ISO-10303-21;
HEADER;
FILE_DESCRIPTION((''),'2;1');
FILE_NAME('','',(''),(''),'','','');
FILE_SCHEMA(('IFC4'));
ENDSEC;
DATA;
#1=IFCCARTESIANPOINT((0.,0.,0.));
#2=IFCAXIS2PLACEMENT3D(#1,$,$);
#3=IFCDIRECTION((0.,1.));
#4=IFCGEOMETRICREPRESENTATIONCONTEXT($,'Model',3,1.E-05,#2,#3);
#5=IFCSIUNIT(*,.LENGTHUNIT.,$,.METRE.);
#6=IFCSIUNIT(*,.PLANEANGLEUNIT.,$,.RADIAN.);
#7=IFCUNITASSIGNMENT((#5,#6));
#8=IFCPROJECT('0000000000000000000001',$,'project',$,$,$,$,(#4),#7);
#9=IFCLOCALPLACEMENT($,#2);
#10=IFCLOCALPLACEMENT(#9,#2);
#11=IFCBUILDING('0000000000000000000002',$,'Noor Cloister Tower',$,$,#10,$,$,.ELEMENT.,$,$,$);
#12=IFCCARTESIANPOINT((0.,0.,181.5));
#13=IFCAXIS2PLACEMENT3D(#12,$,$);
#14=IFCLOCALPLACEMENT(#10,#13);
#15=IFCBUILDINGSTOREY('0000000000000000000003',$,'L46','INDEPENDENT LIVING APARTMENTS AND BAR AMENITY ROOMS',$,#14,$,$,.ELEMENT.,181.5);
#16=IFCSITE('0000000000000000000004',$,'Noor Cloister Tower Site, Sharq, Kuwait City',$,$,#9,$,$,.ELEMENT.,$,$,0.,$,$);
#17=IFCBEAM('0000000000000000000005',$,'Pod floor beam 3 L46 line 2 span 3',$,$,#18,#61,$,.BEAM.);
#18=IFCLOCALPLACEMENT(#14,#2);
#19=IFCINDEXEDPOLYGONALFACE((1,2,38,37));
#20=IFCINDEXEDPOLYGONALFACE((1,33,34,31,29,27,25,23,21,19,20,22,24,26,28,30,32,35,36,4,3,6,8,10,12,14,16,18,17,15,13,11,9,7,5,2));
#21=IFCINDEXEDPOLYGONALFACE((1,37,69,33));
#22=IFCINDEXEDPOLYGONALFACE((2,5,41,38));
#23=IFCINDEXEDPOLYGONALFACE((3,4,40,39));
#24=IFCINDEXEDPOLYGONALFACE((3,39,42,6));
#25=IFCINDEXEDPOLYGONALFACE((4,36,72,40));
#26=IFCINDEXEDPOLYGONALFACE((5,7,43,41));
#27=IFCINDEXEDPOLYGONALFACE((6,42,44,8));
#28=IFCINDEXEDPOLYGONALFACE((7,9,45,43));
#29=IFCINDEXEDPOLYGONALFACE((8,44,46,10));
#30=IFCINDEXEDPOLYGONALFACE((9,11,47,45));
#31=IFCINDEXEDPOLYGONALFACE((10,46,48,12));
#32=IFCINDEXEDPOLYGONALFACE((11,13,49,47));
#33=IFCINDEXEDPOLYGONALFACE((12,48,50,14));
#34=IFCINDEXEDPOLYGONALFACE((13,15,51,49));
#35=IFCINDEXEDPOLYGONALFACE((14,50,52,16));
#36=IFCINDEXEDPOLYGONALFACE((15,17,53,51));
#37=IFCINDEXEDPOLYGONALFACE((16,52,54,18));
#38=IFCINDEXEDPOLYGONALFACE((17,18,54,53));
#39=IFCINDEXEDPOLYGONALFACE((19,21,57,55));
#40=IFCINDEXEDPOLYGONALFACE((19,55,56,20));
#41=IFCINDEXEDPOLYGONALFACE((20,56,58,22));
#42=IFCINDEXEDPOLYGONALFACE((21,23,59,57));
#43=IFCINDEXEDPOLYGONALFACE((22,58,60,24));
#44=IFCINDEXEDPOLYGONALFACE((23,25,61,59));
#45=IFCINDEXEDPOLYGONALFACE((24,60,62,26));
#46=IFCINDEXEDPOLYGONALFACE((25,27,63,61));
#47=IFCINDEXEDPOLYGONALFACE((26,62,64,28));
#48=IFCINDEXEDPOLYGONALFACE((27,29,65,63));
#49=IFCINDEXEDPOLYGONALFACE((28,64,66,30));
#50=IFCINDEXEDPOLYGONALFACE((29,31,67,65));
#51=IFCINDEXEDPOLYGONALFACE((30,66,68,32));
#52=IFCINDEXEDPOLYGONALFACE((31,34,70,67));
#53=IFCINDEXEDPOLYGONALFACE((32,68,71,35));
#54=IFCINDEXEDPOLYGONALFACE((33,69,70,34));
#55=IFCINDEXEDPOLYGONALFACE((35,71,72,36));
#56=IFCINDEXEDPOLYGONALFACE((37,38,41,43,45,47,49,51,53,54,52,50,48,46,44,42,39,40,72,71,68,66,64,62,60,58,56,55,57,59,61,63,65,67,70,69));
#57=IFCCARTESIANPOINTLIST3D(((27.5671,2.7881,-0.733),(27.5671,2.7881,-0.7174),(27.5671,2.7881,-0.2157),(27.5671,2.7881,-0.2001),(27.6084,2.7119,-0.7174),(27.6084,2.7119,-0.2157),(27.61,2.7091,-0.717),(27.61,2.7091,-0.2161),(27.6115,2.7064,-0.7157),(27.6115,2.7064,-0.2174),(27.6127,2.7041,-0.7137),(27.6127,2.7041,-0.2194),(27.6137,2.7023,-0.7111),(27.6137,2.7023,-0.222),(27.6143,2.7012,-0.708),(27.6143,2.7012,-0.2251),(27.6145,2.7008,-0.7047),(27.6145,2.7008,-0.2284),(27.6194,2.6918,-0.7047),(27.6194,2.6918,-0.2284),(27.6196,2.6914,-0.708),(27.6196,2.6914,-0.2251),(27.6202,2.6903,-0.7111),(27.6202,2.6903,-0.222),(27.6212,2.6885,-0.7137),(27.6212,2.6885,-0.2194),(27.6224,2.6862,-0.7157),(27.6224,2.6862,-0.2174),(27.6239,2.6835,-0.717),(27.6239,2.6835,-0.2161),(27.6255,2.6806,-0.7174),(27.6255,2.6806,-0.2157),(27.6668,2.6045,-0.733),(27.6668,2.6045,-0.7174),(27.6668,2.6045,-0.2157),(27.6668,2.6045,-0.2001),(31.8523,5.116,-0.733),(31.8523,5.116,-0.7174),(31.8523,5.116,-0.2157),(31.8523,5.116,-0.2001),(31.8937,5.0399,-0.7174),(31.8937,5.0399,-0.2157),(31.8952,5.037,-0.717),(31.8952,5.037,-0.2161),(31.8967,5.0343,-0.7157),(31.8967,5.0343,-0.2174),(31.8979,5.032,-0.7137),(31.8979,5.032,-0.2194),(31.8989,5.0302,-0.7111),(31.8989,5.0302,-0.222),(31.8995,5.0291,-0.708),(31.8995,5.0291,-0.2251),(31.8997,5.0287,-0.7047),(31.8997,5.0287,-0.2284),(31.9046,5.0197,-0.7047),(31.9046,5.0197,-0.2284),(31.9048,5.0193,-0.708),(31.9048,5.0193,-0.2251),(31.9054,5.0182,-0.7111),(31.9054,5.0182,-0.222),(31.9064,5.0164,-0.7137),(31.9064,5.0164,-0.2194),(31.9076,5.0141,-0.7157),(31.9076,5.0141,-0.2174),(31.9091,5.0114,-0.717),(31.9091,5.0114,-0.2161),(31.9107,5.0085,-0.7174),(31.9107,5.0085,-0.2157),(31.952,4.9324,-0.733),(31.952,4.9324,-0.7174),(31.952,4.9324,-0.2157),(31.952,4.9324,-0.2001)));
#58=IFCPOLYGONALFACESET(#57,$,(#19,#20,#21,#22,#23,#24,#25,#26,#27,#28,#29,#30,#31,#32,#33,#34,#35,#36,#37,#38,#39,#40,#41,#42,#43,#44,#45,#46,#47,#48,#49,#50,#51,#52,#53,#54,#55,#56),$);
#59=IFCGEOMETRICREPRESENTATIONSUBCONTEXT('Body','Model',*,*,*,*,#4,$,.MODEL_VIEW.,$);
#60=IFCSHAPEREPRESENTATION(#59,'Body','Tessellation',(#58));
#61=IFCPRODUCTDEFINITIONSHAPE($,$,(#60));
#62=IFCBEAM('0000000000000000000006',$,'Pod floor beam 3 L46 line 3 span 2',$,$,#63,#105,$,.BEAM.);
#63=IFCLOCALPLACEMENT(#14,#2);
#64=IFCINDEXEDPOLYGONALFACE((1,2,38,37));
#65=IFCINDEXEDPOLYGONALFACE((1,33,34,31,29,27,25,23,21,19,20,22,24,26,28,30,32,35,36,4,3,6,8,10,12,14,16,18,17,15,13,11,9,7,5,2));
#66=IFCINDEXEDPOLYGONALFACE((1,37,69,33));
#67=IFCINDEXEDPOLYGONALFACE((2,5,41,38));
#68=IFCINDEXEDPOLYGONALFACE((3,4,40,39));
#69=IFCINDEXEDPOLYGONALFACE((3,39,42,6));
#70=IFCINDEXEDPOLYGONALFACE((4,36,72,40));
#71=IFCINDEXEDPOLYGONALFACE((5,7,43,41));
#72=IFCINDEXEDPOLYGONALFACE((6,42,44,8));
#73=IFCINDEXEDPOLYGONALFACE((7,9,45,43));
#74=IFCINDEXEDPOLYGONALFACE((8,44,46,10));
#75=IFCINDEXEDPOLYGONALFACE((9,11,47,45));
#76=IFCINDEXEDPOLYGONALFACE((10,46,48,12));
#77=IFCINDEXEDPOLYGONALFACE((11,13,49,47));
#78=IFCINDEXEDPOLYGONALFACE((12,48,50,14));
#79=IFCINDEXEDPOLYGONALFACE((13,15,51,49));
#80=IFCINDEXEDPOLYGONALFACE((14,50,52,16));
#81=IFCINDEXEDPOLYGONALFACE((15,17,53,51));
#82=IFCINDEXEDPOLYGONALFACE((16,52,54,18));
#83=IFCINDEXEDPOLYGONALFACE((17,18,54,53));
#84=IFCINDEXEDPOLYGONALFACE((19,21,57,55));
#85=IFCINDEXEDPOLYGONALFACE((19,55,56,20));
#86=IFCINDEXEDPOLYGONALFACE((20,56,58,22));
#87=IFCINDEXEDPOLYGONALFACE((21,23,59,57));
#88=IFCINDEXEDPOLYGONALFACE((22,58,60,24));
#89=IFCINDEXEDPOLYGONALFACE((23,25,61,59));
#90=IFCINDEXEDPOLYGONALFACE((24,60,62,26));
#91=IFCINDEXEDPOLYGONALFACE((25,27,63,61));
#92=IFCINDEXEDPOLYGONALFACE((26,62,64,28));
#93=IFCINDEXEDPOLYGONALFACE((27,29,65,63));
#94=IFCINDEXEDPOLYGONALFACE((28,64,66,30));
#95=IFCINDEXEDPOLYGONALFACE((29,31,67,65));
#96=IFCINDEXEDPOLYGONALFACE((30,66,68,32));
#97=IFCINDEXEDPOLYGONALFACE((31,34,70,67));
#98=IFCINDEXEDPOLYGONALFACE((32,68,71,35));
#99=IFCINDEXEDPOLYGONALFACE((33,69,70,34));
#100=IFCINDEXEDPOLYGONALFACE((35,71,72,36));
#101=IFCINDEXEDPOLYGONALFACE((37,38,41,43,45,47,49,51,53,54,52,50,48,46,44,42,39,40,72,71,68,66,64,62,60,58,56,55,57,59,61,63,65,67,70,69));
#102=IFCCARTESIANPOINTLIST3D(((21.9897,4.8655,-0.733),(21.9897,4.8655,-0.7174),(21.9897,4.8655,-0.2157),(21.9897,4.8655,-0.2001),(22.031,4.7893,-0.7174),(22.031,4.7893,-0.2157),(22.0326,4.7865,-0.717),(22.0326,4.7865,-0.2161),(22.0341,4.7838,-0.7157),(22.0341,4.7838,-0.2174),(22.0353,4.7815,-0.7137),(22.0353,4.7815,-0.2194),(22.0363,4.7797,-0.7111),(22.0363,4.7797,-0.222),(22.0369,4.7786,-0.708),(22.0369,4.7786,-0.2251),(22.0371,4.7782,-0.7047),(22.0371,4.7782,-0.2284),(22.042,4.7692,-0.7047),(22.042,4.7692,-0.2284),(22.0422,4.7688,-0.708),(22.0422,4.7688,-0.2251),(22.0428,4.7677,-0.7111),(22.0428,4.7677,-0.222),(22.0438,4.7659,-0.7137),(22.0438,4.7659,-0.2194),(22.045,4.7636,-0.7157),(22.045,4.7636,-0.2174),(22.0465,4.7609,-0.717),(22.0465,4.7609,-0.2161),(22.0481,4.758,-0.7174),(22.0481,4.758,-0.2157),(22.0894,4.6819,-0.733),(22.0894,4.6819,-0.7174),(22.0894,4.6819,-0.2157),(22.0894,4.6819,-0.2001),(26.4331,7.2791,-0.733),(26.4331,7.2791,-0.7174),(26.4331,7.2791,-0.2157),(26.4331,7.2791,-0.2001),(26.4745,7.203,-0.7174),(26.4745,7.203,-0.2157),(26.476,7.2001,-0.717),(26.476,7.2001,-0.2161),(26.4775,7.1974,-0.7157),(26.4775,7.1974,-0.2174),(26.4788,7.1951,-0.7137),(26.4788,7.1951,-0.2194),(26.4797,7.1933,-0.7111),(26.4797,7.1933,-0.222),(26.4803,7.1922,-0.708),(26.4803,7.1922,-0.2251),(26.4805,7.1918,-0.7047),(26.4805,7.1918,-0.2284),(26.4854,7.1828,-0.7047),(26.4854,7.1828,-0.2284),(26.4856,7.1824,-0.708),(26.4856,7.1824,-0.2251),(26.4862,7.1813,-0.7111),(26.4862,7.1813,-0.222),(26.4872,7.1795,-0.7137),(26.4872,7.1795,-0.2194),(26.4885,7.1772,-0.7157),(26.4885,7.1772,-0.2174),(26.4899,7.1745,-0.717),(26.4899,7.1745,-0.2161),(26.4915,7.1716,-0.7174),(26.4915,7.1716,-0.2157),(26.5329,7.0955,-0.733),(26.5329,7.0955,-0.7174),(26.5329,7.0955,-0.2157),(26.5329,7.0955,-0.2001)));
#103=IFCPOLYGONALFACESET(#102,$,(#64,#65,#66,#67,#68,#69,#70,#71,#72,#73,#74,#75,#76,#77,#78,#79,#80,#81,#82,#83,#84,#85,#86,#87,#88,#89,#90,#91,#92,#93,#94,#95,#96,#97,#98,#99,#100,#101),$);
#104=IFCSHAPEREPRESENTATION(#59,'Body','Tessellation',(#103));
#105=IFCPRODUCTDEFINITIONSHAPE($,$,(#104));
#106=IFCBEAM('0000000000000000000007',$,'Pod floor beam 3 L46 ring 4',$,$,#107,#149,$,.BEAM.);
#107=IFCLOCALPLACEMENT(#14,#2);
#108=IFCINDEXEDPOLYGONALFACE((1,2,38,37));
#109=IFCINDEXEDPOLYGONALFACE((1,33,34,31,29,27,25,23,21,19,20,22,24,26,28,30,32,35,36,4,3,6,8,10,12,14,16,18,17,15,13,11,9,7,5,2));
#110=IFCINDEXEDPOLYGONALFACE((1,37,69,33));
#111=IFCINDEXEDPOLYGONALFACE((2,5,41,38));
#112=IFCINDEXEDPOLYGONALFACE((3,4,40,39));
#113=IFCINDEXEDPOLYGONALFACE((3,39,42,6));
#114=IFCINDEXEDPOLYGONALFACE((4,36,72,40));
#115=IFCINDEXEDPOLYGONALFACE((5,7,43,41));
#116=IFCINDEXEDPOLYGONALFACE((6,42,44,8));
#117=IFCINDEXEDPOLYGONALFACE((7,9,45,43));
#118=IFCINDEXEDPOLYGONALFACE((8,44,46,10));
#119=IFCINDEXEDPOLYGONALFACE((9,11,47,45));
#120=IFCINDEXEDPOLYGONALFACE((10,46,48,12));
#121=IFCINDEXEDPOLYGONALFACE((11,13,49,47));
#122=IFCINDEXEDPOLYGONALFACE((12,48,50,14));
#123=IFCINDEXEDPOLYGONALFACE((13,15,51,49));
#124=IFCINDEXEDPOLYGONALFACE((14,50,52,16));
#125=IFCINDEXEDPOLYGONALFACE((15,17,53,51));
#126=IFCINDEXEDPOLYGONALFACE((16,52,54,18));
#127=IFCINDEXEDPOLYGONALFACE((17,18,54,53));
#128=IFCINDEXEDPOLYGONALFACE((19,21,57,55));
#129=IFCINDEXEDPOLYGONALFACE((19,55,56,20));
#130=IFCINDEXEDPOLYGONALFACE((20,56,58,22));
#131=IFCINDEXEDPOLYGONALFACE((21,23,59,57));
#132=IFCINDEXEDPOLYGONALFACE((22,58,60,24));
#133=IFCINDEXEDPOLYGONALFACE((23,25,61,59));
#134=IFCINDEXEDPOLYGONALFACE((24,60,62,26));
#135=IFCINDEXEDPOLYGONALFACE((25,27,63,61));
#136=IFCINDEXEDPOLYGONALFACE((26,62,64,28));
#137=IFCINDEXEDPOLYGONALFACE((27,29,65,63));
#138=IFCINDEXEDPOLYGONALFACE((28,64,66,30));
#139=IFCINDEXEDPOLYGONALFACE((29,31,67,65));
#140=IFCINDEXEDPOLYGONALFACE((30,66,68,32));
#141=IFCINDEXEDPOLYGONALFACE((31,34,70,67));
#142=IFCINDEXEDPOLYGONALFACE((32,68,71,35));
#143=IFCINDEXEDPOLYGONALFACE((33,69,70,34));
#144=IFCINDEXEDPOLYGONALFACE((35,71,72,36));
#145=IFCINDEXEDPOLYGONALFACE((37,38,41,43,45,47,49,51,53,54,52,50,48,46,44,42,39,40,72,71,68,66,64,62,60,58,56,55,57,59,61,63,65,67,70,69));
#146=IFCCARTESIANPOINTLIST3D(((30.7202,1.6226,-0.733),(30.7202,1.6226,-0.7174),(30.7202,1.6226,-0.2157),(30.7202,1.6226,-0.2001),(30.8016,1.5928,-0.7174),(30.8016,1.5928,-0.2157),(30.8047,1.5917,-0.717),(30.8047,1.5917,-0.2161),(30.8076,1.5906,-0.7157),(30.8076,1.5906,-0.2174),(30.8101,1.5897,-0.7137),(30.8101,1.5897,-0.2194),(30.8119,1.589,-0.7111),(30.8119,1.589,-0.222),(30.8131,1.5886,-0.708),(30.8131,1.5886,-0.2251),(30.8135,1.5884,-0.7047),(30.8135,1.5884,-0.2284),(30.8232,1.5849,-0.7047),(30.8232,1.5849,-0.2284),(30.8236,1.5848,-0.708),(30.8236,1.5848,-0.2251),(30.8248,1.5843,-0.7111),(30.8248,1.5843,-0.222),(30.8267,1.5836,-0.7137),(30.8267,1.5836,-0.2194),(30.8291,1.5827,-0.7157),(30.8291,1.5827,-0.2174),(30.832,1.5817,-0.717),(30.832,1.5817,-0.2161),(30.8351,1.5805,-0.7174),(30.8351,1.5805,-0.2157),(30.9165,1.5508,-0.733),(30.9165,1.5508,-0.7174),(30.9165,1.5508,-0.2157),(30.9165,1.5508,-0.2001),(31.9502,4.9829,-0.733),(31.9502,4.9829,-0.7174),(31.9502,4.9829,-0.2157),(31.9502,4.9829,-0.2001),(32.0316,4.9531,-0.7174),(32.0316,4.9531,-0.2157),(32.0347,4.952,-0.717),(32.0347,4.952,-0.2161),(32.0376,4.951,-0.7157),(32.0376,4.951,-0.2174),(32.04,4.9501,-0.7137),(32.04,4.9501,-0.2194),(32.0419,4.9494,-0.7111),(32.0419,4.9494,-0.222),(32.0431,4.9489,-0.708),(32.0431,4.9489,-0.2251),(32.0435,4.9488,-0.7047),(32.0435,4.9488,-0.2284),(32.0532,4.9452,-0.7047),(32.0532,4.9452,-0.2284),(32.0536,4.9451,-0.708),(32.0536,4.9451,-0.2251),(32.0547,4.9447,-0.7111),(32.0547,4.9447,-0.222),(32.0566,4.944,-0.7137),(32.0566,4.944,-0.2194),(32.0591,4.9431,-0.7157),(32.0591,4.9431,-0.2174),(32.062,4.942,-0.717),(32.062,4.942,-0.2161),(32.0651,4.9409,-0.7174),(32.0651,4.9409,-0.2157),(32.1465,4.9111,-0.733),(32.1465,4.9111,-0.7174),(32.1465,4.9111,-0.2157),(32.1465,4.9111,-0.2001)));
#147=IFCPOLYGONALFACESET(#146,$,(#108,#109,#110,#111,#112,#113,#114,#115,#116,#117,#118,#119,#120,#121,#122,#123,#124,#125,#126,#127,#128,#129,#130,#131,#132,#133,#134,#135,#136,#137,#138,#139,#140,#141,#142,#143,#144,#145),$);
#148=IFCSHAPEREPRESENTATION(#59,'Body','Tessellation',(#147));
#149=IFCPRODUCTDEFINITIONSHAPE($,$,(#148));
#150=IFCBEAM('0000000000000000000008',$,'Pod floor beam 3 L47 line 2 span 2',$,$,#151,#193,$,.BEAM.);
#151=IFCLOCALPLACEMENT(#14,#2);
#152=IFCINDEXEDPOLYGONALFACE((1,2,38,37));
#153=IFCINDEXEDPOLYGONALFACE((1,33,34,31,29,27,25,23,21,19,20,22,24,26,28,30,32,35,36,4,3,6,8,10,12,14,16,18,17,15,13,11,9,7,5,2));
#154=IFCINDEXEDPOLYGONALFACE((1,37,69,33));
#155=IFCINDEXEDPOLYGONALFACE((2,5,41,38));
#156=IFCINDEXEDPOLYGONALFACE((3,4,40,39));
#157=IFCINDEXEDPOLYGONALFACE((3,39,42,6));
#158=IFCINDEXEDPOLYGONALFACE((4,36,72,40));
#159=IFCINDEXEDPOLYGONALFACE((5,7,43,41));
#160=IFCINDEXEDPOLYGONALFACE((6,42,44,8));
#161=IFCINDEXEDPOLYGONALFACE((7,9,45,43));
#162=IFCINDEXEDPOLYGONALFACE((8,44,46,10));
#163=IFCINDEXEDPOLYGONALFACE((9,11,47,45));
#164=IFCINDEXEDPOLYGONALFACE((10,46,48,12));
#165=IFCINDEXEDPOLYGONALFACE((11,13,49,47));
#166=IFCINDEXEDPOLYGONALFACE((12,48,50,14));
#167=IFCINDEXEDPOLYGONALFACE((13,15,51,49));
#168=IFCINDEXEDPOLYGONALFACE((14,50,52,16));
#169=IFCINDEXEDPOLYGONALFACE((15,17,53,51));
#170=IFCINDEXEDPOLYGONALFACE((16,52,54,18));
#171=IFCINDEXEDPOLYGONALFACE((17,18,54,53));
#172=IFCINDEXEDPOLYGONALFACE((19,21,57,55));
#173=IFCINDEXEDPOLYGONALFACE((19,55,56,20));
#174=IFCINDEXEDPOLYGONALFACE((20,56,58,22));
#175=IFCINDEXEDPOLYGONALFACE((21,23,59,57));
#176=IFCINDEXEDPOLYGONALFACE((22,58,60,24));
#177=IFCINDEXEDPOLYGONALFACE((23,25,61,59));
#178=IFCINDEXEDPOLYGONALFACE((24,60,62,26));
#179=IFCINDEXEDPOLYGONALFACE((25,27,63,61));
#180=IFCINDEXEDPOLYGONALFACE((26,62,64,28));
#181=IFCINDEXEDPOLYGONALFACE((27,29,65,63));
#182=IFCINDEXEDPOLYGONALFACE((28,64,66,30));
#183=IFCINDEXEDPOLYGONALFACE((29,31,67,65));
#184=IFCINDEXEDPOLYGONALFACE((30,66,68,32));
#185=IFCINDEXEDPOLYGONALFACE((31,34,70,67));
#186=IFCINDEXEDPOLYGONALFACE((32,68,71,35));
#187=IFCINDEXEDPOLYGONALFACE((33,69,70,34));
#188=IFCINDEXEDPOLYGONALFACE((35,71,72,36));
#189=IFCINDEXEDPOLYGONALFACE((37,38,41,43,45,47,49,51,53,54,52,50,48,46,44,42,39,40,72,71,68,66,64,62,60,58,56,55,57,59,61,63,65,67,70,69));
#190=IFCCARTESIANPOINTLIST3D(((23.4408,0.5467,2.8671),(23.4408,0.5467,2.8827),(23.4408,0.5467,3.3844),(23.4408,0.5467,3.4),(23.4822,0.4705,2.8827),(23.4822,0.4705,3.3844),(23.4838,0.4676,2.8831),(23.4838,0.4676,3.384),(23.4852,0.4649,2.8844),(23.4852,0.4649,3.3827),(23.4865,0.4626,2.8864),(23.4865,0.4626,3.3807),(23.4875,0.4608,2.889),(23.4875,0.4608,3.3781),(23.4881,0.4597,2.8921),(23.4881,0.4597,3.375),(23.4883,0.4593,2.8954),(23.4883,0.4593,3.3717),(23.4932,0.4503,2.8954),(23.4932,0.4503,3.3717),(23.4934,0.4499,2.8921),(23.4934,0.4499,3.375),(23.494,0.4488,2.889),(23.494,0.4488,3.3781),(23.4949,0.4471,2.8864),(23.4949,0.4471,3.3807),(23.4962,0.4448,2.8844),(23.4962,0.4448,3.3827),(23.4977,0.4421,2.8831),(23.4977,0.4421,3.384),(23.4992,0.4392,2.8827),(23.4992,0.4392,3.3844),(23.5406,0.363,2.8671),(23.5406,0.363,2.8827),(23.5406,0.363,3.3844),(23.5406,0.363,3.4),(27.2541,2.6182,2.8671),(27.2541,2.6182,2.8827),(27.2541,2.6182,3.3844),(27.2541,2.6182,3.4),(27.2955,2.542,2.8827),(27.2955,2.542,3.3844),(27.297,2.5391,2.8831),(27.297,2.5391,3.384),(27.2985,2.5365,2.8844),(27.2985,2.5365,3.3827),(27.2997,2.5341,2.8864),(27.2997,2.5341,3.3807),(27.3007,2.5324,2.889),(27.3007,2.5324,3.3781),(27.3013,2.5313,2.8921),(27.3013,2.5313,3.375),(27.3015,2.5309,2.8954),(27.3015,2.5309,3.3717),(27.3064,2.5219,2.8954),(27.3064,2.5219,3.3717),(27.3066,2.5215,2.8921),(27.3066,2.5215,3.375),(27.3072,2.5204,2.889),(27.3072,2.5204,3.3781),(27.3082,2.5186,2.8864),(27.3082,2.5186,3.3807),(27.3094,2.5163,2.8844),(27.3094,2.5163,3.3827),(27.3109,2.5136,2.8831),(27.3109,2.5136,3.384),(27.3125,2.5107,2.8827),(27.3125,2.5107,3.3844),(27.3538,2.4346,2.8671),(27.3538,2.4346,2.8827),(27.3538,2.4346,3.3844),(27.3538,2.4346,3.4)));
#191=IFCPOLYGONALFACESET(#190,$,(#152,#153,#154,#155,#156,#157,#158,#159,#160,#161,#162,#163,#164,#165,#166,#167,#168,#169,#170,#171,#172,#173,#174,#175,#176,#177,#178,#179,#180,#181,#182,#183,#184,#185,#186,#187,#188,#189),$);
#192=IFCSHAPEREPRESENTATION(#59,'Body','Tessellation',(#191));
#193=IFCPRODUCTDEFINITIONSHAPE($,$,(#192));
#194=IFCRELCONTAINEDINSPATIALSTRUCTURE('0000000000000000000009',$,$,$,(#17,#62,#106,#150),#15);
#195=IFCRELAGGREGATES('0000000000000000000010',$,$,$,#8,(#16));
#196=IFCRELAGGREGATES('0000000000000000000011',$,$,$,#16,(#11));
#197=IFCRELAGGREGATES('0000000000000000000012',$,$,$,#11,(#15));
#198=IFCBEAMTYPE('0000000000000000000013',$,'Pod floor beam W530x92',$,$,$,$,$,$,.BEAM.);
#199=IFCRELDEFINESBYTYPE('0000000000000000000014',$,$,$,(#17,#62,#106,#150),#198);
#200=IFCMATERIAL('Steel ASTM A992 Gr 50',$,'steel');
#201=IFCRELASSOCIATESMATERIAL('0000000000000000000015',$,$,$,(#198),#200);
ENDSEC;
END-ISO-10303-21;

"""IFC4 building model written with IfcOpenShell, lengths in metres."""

from ifc_helpers import new_model, si_unit, direction, frame, origin, origin_2d, place, context, subcontext, project, spatial, i_section, extrude, material, material_profile, profile_set, type_object, element, save


model = new_model("IFC4")

# Units and contexts
model_context = context("Model", 3, precision=1e-05, world=origin(), true_north=direction((0.0, 1.0)))
body_context = subcontext(model_context, "Body", "Model", "MODEL_VIEW")
ifc_project = project(units=[si_unit("LENGTHUNIT", "METRE"), si_unit("PLANEANGLEUNIT", "RADIAN")], contexts=[model_context])

# Site, building, storey
site_placement = place(None, origin())
site = spatial("IfcSite", under=ifc_project, at=site_placement, Name="Noor Cloister Tower Site, Sharq, Kuwait City", CompositionType="ELEMENT", RefElevation=0.0)
building_placement = place(site_placement, origin())
building = spatial("IfcBuilding", under=site, at=building_placement, Name="Noor Cloister Tower", CompositionType="ELEMENT")
storey_placement = place(building_placement, frame((0.0, 0.0, 181.5)))
storey = spatial("IfcBuildingStorey", under=building, at=storey_placement, Name="L46", Description="INDEPENDENT LIVING APARTMENTS AND BAR AMENITY ROOMS", CompositionType="ELEMENT", Elevation=181.5)

# Beams
ifc_material_1 = material(Name="Steel ASTM A992 Gr 50", Category="steel")
ifc_material_profile_1 = material_profile(ifc_material_1, i_section(OverallWidth=0.209, OverallDepth=0.533, WebThickness=0.0103, FlangeThickness=0.0156, FilletRadius=0.0127, at=origin_2d()), Name="W530x92")
ifc_profile_set_1 = profile_set([ifc_material_profile_1], Name="Steel ASTM A992 Gr 50")
beam_type = type_object("IfcBeamType", Name="Pod floor beam W530x92", PredefinedType="BEAM", material=ifc_profile_set_1)
beam_1_placement = place(storey_placement, frame((27.6169, 2.6963, -0.4666), z_axis=(0.878711, 0.477354, 0.0), x_axis=(-0.477354, 0.878711, 0.0)))
element("IfcBeam", 1, at=beam_1_placement, inside=storey, type_object=beam_type, Name="Pod floor beam 3 L46 line 2 span 3", PredefinedType="BEAM", context=body_context, shape_type="SweptSolid", body=[
    extrude(i_section(OverallWidth=0.209, OverallDepth=0.533, WebThickness=0.0103, FlangeThickness=0.0156, FilletRadius=0.0127, at=origin_2d()), origin(), (0.0, 0.0, 1.0), 4.8767),
])
beam_2_placement = place(storey_placement, frame((22.0396, 4.7737, -0.4666), z_axis=(0.878732, 0.477316, 0.0), x_axis=(-0.477316, 0.878732, 0.0)))
element("IfcBeam", 2, at=beam_2_placement, inside=storey, type_object=beam_type, Name="Pod floor beam 3 L46 line 3 span 2", PredefinedType="BEAM", context=body_context, shape_type="SweptSolid", body=[
    extrude(i_section(OverallWidth=0.209, OverallDepth=0.533, WebThickness=0.0103, FlangeThickness=0.0156, FilletRadius=0.0127, at=origin_2d()), origin(), (0.0, 0.0, 1.0), 5.0566),
])
beam_3_placement = place(storey_placement, frame((30.8184, 1.5867, -0.4666), z_axis=(0.343725, 0.93907, 0.0), x_axis=(-0.93907, 0.343725, 0.0)))
element("IfcBeam", 3, at=beam_3_placement, inside=storey, type_object=beam_type, Name="Pod floor beam 3 L46 ring 4", PredefinedType="BEAM", context=body_context, shape_type="SweptSolid", body=[
    extrude(i_section(OverallWidth=0.209, OverallDepth=0.533, WebThickness=0.0103, FlangeThickness=0.0156, FilletRadius=0.0127, at=origin_2d()), origin(), (0.0, 0.0, 1.0), 3.5784),
])
beam_4_placement = place(storey_placement, frame((23.4907, 0.4548, 3.1335), z_axis=(0.878709, 0.477358, 0.0), x_axis=(-0.477358, 0.878709, 0.0)))
element("IfcBeam", 4, at=beam_4_placement, inside=storey, type_object=beam_type, Name="Pod floor beam 3 L47 line 2 span 2", PredefinedType="BEAM", context=body_context, shape_type="SweptSolid", body=[
    extrude(i_section(OverallWidth=0.209, OverallDepth=0.533, WebThickness=0.0103, FlangeThickness=0.0156, FilletRadius=0.0127, at=origin_2d()), origin(), (0.0, 0.0, 1.0), 4.3396),
])

save(model, "model.ifc")
